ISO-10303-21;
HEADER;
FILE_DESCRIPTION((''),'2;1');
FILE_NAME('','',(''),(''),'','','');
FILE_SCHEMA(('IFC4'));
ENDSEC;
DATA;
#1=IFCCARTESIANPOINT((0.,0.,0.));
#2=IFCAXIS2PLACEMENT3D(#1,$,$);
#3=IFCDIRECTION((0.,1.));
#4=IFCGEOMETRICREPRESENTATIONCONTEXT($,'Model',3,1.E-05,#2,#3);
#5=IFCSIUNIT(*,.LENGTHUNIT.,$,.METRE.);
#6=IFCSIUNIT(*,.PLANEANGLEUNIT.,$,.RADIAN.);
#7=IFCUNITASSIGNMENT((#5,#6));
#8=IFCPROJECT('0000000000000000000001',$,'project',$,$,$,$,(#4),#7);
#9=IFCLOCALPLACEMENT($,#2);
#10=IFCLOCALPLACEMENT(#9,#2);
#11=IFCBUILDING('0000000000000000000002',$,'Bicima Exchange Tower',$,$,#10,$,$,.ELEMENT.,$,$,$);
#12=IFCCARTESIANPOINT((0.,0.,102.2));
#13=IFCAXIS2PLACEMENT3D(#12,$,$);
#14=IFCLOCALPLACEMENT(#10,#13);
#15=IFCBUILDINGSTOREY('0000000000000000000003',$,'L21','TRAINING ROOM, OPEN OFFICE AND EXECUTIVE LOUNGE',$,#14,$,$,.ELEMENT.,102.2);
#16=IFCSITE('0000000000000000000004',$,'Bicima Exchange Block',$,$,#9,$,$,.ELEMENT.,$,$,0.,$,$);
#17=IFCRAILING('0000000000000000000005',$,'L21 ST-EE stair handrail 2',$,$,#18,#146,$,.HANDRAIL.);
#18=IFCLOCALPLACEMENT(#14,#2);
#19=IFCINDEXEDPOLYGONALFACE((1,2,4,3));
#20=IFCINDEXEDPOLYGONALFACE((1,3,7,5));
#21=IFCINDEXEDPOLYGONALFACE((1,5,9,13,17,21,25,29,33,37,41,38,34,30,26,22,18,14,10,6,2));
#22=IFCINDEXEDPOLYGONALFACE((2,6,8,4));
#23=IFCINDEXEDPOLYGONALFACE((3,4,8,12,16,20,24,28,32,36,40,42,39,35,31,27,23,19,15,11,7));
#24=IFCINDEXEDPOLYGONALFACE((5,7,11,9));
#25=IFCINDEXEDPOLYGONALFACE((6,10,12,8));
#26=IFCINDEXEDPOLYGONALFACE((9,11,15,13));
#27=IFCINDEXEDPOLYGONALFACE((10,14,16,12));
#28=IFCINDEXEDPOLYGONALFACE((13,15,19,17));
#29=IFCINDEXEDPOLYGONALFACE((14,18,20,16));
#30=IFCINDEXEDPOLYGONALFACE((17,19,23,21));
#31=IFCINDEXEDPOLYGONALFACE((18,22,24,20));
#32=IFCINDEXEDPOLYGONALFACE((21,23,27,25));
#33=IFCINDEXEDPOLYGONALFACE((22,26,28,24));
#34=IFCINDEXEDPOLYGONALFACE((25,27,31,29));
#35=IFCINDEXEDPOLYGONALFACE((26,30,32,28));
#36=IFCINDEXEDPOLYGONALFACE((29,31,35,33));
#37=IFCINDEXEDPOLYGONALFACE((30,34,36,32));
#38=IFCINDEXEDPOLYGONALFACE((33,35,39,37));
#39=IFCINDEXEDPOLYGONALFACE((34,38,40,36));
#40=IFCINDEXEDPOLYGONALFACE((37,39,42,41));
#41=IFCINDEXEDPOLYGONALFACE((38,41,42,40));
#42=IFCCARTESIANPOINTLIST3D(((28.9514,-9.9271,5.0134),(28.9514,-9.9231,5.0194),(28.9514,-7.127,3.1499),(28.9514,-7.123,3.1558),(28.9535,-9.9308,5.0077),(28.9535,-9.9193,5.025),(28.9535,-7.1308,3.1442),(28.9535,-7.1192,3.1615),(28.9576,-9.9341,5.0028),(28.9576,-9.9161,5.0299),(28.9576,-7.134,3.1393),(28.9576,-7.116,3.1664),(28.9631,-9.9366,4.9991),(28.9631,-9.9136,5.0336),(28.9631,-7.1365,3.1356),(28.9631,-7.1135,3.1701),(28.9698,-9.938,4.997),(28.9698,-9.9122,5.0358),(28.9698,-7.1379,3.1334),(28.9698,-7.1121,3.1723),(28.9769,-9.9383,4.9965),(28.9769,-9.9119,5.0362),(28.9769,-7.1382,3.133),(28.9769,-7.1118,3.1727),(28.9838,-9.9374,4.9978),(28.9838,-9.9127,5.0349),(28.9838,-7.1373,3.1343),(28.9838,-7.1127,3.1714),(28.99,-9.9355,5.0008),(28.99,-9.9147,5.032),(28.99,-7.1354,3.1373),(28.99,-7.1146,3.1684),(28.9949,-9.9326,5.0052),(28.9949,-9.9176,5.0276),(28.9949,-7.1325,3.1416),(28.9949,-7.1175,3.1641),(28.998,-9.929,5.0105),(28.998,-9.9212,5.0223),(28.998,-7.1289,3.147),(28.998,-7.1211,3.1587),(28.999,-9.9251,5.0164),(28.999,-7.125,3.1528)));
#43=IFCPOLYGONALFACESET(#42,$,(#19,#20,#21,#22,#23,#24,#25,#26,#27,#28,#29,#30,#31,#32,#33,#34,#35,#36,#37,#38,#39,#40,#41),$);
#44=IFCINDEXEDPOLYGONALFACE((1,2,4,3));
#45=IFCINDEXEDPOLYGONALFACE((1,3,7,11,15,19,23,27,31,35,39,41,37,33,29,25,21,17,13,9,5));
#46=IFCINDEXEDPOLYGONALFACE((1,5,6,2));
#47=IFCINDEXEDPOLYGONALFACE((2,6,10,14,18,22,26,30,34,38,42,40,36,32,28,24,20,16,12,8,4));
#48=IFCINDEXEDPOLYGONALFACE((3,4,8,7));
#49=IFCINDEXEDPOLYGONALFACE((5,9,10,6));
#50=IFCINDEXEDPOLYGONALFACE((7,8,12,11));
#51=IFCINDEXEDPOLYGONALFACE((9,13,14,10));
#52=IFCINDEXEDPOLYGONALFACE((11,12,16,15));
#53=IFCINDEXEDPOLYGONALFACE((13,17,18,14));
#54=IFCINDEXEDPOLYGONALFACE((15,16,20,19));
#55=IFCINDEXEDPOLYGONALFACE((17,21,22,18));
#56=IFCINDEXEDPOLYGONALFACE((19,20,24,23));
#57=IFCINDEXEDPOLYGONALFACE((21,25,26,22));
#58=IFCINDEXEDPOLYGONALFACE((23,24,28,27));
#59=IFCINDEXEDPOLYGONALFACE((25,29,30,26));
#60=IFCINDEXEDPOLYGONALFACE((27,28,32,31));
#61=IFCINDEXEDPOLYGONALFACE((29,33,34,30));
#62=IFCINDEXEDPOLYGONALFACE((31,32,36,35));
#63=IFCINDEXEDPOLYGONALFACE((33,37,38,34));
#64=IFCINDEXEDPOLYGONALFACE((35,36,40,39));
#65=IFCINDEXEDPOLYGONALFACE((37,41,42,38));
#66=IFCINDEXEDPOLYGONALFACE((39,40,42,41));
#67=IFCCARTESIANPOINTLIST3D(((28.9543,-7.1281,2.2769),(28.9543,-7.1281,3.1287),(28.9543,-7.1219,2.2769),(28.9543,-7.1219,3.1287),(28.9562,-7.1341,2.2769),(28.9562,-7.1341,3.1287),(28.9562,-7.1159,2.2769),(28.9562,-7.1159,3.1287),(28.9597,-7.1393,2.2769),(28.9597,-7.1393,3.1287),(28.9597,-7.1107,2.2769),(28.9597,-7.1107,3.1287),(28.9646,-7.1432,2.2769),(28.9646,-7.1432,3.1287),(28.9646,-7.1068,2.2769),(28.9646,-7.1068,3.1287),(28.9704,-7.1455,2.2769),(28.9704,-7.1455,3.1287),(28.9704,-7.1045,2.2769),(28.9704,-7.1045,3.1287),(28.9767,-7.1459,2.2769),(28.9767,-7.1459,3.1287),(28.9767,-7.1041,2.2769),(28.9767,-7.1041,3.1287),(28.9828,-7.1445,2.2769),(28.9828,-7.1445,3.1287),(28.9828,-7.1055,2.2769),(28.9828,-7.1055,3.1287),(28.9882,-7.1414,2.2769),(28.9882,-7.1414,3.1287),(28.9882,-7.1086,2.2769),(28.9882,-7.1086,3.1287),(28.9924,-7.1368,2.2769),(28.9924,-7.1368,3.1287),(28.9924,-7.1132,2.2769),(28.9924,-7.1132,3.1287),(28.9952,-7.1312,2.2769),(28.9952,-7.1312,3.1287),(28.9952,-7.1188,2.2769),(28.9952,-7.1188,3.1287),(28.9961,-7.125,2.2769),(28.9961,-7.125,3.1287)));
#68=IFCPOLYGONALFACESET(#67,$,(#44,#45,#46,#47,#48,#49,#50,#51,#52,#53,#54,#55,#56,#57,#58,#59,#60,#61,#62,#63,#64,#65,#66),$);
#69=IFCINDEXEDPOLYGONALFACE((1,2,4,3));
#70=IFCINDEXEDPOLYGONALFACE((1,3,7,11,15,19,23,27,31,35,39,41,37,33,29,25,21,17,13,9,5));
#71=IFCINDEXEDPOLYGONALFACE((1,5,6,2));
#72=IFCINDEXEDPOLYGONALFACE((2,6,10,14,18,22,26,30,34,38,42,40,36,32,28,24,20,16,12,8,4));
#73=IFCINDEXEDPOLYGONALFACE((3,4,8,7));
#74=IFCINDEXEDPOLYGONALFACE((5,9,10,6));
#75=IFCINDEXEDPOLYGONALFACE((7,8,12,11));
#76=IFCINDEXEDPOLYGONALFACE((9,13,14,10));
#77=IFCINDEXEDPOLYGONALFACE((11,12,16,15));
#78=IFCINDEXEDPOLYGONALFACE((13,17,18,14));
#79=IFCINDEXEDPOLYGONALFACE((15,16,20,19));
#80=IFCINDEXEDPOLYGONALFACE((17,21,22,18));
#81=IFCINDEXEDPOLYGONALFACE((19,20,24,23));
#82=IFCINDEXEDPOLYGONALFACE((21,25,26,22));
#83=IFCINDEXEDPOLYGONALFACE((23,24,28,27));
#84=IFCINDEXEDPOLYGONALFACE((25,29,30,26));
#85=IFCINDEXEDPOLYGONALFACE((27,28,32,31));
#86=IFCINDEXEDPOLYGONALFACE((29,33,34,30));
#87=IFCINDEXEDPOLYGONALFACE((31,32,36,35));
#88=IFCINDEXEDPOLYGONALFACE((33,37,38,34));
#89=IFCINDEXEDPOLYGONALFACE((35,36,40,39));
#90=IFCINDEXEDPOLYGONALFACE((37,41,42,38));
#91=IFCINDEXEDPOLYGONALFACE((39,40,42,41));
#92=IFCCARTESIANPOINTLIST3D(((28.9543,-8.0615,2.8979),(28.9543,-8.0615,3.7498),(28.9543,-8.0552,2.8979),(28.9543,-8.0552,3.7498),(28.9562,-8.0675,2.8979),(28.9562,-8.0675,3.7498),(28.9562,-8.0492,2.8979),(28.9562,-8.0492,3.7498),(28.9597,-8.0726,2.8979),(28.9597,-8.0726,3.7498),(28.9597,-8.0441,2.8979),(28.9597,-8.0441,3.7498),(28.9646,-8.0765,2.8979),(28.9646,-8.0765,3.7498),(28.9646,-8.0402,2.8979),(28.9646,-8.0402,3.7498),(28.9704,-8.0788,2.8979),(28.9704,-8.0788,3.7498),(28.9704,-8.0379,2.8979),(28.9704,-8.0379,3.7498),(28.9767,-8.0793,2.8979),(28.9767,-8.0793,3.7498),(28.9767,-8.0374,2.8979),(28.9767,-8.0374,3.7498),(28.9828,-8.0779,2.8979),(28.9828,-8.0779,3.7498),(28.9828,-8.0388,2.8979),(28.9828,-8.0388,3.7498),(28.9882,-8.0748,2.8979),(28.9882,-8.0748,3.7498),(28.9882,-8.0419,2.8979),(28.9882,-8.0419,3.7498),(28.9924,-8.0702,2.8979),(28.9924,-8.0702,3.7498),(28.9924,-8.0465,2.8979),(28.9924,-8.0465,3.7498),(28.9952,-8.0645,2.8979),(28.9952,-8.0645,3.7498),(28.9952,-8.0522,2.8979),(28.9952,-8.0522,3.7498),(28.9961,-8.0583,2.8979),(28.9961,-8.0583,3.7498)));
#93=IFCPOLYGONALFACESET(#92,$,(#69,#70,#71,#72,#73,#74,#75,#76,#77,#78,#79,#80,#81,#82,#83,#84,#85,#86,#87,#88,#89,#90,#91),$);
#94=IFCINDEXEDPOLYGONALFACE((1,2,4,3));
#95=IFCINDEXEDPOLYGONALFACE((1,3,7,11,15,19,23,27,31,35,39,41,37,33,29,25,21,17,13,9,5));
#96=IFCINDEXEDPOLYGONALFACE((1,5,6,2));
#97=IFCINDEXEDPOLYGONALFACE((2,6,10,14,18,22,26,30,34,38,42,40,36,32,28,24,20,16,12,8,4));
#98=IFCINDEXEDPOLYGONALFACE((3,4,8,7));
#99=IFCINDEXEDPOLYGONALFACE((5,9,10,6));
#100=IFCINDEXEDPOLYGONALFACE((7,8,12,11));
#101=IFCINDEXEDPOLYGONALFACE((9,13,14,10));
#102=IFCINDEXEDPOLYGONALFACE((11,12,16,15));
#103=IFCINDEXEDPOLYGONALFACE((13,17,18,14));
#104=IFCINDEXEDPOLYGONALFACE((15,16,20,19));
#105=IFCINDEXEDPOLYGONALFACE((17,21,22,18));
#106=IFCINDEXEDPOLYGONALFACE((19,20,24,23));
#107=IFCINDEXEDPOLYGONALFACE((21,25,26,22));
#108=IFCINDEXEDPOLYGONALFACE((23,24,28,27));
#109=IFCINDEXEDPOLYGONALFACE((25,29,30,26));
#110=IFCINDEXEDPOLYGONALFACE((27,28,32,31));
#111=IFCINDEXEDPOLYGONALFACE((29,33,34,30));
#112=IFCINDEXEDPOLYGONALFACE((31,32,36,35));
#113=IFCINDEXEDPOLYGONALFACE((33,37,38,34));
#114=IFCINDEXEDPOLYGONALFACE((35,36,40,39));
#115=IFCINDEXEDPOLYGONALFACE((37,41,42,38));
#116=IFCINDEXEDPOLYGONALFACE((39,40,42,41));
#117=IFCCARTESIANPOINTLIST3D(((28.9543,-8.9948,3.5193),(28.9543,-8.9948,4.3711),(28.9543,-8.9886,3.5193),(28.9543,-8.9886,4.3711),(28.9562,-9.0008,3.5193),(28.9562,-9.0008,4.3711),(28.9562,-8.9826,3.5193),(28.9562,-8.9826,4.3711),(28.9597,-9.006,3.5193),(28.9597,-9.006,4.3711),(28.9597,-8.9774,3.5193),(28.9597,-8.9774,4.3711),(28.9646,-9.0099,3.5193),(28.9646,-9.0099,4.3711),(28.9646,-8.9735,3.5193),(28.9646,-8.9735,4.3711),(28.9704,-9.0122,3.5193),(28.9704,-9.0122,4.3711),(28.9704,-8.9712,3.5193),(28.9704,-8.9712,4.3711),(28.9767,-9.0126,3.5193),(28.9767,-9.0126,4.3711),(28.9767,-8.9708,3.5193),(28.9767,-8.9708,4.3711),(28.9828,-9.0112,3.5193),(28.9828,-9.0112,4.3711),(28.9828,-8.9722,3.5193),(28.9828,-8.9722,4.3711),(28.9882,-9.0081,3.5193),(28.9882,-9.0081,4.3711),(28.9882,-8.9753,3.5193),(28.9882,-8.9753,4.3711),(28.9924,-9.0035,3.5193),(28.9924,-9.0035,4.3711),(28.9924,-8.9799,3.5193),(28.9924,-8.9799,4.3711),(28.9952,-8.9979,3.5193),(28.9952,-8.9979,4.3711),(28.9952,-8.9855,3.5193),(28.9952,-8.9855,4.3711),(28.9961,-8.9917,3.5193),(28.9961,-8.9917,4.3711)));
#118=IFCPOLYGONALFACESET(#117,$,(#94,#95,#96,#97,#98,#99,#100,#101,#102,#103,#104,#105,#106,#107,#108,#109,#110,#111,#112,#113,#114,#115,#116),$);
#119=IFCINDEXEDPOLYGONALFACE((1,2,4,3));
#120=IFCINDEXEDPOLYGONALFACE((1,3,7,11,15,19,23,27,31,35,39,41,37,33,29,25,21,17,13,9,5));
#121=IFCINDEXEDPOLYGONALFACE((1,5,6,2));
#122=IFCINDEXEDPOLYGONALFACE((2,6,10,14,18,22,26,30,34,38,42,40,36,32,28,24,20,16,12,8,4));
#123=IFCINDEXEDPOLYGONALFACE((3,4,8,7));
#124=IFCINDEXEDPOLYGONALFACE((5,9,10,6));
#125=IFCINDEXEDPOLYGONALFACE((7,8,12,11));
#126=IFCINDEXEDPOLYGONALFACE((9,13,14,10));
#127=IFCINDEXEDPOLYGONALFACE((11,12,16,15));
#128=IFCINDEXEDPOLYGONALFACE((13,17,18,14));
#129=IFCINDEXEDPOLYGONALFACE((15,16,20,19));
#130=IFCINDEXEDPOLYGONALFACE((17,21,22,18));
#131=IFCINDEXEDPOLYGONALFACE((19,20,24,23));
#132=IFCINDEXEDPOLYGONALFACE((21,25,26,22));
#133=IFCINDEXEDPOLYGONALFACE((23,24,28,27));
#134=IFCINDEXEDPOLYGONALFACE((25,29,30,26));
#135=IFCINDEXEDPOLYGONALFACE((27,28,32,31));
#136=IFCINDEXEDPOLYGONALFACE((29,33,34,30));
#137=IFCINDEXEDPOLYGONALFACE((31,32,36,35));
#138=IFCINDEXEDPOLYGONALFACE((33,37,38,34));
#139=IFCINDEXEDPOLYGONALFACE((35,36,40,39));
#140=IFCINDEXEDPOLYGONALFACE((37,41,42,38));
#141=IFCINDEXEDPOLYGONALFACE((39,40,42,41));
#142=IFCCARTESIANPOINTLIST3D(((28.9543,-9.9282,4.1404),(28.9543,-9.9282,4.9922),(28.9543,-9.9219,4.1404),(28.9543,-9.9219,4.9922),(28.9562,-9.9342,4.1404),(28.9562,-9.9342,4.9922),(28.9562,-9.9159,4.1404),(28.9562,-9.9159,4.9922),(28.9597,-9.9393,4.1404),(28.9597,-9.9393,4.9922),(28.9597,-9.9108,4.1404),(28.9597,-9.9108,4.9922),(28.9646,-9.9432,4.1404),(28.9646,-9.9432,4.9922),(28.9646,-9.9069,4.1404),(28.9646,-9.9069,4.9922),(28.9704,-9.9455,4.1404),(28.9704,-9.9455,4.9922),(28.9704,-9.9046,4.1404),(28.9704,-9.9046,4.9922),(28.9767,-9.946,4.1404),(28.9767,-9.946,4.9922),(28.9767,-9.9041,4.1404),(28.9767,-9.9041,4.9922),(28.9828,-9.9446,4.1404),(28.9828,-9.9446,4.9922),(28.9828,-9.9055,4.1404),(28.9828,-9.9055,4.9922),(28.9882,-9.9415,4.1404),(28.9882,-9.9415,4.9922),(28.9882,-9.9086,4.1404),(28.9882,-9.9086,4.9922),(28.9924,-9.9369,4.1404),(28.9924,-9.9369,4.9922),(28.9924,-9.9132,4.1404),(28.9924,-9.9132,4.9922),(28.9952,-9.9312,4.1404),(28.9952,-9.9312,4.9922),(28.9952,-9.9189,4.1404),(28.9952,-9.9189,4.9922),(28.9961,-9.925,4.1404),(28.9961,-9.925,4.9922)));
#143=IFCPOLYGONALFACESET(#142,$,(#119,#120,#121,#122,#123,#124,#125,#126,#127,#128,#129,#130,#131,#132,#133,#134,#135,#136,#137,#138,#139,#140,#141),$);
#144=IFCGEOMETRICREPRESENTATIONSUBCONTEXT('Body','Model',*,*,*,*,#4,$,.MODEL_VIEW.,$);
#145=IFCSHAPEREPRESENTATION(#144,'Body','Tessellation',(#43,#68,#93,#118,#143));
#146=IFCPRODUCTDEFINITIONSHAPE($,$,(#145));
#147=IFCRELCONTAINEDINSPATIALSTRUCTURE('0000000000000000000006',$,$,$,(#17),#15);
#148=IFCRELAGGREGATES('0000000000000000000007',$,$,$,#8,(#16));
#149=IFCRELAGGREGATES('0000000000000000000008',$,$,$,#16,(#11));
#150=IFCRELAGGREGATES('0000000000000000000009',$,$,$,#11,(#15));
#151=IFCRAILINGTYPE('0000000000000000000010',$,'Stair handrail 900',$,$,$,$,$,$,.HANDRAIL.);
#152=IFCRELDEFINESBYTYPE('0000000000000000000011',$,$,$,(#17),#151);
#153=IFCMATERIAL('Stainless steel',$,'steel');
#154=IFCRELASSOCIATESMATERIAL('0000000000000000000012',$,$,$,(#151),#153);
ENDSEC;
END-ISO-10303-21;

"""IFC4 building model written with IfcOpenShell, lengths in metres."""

from ifc_helpers import new_model, si_unit, direction, frame, origin, origin_2d, place, context, subcontext, project, spatial, circle, extrude, material, type_object, element, save


model = new_model("IFC4")

# Units and contexts
model_context = context("Model", 3, precision=1e-05, world=origin(), true_north=direction((0.0, 1.0)))
body_context = subcontext(model_context, "Body", "Model", "MODEL_VIEW")
ifc_project = project(units=[si_unit("LENGTHUNIT", "METRE"), si_unit("PLANEANGLEUNIT", "RADIAN")], contexts=[model_context])

# Site, building, storey
site_placement = place(None, origin())
site = spatial("IfcSite", under=ifc_project, at=site_placement, Name="Bicima Exchange Block", CompositionType="ELEMENT", RefElevation=0.0)
building_placement = place(site_placement, origin())
building = spatial("IfcBuilding", under=site, at=building_placement, Name="Bicima Exchange Tower", CompositionType="ELEMENT")
storey_placement = place(building_placement, frame((0.0, 0.0, 102.2)))
storey = spatial("IfcBuildingStorey", under=building, at=storey_placement, Name="L21", Description="TRAINING ROOM, OPEN OFFICE AND EXECUTIVE LOUNGE", CompositionType="ELEMENT", Elevation=102.2)

# Railing
ifc_material_1 = material(Name="Stainless steel", Category="steel")
railing_type_1 = type_object("IfcRailingType", Name="Stair handrail 900", PredefinedType="HANDRAIL", material=ifc_material_1)
railing_1_placement = place(storey_placement, frame((28.9751, -7.125, 2.2769)))
element("IfcRailing", 1, at=railing_1_placement, inside=storey, type_object=railing_type_1, Name="L21 ST-EE stair handrail 2", PredefinedType="HANDRAIL", context=body_context, shape_type="SweptSolid", body=[
    extrude(circle(Radius=0.0239, at=origin_2d()), frame((0.0, 0.0, 0.876), z_axis=(0.0, -0.832486, 0.554047), x_axis=(1.0, 0.0, 0.0)), (0.0, 0.0, 1.0), 3.3635),
    extrude(circle(Radius=0.021, at=origin_2d()), origin(), (0.0, 0.0, 1.0), 0.8518),
    extrude(circle(Radius=0.021, at=origin_2d()), frame((0.0, -0.9333, 0.6211)), (0.0, 0.0, 1.0), 0.8518),
    extrude(circle(Radius=0.021, at=origin_2d()), frame((0.0, -1.8667, 1.2424)), (0.0, 0.0, 1.0), 0.8518),
    extrude(circle(Radius=0.021, at=origin_2d()), frame((0.0, -2.8, 1.8635)), (0.0, 0.0, 1.0), 0.8518),
])

save(model, "model.ifc")
